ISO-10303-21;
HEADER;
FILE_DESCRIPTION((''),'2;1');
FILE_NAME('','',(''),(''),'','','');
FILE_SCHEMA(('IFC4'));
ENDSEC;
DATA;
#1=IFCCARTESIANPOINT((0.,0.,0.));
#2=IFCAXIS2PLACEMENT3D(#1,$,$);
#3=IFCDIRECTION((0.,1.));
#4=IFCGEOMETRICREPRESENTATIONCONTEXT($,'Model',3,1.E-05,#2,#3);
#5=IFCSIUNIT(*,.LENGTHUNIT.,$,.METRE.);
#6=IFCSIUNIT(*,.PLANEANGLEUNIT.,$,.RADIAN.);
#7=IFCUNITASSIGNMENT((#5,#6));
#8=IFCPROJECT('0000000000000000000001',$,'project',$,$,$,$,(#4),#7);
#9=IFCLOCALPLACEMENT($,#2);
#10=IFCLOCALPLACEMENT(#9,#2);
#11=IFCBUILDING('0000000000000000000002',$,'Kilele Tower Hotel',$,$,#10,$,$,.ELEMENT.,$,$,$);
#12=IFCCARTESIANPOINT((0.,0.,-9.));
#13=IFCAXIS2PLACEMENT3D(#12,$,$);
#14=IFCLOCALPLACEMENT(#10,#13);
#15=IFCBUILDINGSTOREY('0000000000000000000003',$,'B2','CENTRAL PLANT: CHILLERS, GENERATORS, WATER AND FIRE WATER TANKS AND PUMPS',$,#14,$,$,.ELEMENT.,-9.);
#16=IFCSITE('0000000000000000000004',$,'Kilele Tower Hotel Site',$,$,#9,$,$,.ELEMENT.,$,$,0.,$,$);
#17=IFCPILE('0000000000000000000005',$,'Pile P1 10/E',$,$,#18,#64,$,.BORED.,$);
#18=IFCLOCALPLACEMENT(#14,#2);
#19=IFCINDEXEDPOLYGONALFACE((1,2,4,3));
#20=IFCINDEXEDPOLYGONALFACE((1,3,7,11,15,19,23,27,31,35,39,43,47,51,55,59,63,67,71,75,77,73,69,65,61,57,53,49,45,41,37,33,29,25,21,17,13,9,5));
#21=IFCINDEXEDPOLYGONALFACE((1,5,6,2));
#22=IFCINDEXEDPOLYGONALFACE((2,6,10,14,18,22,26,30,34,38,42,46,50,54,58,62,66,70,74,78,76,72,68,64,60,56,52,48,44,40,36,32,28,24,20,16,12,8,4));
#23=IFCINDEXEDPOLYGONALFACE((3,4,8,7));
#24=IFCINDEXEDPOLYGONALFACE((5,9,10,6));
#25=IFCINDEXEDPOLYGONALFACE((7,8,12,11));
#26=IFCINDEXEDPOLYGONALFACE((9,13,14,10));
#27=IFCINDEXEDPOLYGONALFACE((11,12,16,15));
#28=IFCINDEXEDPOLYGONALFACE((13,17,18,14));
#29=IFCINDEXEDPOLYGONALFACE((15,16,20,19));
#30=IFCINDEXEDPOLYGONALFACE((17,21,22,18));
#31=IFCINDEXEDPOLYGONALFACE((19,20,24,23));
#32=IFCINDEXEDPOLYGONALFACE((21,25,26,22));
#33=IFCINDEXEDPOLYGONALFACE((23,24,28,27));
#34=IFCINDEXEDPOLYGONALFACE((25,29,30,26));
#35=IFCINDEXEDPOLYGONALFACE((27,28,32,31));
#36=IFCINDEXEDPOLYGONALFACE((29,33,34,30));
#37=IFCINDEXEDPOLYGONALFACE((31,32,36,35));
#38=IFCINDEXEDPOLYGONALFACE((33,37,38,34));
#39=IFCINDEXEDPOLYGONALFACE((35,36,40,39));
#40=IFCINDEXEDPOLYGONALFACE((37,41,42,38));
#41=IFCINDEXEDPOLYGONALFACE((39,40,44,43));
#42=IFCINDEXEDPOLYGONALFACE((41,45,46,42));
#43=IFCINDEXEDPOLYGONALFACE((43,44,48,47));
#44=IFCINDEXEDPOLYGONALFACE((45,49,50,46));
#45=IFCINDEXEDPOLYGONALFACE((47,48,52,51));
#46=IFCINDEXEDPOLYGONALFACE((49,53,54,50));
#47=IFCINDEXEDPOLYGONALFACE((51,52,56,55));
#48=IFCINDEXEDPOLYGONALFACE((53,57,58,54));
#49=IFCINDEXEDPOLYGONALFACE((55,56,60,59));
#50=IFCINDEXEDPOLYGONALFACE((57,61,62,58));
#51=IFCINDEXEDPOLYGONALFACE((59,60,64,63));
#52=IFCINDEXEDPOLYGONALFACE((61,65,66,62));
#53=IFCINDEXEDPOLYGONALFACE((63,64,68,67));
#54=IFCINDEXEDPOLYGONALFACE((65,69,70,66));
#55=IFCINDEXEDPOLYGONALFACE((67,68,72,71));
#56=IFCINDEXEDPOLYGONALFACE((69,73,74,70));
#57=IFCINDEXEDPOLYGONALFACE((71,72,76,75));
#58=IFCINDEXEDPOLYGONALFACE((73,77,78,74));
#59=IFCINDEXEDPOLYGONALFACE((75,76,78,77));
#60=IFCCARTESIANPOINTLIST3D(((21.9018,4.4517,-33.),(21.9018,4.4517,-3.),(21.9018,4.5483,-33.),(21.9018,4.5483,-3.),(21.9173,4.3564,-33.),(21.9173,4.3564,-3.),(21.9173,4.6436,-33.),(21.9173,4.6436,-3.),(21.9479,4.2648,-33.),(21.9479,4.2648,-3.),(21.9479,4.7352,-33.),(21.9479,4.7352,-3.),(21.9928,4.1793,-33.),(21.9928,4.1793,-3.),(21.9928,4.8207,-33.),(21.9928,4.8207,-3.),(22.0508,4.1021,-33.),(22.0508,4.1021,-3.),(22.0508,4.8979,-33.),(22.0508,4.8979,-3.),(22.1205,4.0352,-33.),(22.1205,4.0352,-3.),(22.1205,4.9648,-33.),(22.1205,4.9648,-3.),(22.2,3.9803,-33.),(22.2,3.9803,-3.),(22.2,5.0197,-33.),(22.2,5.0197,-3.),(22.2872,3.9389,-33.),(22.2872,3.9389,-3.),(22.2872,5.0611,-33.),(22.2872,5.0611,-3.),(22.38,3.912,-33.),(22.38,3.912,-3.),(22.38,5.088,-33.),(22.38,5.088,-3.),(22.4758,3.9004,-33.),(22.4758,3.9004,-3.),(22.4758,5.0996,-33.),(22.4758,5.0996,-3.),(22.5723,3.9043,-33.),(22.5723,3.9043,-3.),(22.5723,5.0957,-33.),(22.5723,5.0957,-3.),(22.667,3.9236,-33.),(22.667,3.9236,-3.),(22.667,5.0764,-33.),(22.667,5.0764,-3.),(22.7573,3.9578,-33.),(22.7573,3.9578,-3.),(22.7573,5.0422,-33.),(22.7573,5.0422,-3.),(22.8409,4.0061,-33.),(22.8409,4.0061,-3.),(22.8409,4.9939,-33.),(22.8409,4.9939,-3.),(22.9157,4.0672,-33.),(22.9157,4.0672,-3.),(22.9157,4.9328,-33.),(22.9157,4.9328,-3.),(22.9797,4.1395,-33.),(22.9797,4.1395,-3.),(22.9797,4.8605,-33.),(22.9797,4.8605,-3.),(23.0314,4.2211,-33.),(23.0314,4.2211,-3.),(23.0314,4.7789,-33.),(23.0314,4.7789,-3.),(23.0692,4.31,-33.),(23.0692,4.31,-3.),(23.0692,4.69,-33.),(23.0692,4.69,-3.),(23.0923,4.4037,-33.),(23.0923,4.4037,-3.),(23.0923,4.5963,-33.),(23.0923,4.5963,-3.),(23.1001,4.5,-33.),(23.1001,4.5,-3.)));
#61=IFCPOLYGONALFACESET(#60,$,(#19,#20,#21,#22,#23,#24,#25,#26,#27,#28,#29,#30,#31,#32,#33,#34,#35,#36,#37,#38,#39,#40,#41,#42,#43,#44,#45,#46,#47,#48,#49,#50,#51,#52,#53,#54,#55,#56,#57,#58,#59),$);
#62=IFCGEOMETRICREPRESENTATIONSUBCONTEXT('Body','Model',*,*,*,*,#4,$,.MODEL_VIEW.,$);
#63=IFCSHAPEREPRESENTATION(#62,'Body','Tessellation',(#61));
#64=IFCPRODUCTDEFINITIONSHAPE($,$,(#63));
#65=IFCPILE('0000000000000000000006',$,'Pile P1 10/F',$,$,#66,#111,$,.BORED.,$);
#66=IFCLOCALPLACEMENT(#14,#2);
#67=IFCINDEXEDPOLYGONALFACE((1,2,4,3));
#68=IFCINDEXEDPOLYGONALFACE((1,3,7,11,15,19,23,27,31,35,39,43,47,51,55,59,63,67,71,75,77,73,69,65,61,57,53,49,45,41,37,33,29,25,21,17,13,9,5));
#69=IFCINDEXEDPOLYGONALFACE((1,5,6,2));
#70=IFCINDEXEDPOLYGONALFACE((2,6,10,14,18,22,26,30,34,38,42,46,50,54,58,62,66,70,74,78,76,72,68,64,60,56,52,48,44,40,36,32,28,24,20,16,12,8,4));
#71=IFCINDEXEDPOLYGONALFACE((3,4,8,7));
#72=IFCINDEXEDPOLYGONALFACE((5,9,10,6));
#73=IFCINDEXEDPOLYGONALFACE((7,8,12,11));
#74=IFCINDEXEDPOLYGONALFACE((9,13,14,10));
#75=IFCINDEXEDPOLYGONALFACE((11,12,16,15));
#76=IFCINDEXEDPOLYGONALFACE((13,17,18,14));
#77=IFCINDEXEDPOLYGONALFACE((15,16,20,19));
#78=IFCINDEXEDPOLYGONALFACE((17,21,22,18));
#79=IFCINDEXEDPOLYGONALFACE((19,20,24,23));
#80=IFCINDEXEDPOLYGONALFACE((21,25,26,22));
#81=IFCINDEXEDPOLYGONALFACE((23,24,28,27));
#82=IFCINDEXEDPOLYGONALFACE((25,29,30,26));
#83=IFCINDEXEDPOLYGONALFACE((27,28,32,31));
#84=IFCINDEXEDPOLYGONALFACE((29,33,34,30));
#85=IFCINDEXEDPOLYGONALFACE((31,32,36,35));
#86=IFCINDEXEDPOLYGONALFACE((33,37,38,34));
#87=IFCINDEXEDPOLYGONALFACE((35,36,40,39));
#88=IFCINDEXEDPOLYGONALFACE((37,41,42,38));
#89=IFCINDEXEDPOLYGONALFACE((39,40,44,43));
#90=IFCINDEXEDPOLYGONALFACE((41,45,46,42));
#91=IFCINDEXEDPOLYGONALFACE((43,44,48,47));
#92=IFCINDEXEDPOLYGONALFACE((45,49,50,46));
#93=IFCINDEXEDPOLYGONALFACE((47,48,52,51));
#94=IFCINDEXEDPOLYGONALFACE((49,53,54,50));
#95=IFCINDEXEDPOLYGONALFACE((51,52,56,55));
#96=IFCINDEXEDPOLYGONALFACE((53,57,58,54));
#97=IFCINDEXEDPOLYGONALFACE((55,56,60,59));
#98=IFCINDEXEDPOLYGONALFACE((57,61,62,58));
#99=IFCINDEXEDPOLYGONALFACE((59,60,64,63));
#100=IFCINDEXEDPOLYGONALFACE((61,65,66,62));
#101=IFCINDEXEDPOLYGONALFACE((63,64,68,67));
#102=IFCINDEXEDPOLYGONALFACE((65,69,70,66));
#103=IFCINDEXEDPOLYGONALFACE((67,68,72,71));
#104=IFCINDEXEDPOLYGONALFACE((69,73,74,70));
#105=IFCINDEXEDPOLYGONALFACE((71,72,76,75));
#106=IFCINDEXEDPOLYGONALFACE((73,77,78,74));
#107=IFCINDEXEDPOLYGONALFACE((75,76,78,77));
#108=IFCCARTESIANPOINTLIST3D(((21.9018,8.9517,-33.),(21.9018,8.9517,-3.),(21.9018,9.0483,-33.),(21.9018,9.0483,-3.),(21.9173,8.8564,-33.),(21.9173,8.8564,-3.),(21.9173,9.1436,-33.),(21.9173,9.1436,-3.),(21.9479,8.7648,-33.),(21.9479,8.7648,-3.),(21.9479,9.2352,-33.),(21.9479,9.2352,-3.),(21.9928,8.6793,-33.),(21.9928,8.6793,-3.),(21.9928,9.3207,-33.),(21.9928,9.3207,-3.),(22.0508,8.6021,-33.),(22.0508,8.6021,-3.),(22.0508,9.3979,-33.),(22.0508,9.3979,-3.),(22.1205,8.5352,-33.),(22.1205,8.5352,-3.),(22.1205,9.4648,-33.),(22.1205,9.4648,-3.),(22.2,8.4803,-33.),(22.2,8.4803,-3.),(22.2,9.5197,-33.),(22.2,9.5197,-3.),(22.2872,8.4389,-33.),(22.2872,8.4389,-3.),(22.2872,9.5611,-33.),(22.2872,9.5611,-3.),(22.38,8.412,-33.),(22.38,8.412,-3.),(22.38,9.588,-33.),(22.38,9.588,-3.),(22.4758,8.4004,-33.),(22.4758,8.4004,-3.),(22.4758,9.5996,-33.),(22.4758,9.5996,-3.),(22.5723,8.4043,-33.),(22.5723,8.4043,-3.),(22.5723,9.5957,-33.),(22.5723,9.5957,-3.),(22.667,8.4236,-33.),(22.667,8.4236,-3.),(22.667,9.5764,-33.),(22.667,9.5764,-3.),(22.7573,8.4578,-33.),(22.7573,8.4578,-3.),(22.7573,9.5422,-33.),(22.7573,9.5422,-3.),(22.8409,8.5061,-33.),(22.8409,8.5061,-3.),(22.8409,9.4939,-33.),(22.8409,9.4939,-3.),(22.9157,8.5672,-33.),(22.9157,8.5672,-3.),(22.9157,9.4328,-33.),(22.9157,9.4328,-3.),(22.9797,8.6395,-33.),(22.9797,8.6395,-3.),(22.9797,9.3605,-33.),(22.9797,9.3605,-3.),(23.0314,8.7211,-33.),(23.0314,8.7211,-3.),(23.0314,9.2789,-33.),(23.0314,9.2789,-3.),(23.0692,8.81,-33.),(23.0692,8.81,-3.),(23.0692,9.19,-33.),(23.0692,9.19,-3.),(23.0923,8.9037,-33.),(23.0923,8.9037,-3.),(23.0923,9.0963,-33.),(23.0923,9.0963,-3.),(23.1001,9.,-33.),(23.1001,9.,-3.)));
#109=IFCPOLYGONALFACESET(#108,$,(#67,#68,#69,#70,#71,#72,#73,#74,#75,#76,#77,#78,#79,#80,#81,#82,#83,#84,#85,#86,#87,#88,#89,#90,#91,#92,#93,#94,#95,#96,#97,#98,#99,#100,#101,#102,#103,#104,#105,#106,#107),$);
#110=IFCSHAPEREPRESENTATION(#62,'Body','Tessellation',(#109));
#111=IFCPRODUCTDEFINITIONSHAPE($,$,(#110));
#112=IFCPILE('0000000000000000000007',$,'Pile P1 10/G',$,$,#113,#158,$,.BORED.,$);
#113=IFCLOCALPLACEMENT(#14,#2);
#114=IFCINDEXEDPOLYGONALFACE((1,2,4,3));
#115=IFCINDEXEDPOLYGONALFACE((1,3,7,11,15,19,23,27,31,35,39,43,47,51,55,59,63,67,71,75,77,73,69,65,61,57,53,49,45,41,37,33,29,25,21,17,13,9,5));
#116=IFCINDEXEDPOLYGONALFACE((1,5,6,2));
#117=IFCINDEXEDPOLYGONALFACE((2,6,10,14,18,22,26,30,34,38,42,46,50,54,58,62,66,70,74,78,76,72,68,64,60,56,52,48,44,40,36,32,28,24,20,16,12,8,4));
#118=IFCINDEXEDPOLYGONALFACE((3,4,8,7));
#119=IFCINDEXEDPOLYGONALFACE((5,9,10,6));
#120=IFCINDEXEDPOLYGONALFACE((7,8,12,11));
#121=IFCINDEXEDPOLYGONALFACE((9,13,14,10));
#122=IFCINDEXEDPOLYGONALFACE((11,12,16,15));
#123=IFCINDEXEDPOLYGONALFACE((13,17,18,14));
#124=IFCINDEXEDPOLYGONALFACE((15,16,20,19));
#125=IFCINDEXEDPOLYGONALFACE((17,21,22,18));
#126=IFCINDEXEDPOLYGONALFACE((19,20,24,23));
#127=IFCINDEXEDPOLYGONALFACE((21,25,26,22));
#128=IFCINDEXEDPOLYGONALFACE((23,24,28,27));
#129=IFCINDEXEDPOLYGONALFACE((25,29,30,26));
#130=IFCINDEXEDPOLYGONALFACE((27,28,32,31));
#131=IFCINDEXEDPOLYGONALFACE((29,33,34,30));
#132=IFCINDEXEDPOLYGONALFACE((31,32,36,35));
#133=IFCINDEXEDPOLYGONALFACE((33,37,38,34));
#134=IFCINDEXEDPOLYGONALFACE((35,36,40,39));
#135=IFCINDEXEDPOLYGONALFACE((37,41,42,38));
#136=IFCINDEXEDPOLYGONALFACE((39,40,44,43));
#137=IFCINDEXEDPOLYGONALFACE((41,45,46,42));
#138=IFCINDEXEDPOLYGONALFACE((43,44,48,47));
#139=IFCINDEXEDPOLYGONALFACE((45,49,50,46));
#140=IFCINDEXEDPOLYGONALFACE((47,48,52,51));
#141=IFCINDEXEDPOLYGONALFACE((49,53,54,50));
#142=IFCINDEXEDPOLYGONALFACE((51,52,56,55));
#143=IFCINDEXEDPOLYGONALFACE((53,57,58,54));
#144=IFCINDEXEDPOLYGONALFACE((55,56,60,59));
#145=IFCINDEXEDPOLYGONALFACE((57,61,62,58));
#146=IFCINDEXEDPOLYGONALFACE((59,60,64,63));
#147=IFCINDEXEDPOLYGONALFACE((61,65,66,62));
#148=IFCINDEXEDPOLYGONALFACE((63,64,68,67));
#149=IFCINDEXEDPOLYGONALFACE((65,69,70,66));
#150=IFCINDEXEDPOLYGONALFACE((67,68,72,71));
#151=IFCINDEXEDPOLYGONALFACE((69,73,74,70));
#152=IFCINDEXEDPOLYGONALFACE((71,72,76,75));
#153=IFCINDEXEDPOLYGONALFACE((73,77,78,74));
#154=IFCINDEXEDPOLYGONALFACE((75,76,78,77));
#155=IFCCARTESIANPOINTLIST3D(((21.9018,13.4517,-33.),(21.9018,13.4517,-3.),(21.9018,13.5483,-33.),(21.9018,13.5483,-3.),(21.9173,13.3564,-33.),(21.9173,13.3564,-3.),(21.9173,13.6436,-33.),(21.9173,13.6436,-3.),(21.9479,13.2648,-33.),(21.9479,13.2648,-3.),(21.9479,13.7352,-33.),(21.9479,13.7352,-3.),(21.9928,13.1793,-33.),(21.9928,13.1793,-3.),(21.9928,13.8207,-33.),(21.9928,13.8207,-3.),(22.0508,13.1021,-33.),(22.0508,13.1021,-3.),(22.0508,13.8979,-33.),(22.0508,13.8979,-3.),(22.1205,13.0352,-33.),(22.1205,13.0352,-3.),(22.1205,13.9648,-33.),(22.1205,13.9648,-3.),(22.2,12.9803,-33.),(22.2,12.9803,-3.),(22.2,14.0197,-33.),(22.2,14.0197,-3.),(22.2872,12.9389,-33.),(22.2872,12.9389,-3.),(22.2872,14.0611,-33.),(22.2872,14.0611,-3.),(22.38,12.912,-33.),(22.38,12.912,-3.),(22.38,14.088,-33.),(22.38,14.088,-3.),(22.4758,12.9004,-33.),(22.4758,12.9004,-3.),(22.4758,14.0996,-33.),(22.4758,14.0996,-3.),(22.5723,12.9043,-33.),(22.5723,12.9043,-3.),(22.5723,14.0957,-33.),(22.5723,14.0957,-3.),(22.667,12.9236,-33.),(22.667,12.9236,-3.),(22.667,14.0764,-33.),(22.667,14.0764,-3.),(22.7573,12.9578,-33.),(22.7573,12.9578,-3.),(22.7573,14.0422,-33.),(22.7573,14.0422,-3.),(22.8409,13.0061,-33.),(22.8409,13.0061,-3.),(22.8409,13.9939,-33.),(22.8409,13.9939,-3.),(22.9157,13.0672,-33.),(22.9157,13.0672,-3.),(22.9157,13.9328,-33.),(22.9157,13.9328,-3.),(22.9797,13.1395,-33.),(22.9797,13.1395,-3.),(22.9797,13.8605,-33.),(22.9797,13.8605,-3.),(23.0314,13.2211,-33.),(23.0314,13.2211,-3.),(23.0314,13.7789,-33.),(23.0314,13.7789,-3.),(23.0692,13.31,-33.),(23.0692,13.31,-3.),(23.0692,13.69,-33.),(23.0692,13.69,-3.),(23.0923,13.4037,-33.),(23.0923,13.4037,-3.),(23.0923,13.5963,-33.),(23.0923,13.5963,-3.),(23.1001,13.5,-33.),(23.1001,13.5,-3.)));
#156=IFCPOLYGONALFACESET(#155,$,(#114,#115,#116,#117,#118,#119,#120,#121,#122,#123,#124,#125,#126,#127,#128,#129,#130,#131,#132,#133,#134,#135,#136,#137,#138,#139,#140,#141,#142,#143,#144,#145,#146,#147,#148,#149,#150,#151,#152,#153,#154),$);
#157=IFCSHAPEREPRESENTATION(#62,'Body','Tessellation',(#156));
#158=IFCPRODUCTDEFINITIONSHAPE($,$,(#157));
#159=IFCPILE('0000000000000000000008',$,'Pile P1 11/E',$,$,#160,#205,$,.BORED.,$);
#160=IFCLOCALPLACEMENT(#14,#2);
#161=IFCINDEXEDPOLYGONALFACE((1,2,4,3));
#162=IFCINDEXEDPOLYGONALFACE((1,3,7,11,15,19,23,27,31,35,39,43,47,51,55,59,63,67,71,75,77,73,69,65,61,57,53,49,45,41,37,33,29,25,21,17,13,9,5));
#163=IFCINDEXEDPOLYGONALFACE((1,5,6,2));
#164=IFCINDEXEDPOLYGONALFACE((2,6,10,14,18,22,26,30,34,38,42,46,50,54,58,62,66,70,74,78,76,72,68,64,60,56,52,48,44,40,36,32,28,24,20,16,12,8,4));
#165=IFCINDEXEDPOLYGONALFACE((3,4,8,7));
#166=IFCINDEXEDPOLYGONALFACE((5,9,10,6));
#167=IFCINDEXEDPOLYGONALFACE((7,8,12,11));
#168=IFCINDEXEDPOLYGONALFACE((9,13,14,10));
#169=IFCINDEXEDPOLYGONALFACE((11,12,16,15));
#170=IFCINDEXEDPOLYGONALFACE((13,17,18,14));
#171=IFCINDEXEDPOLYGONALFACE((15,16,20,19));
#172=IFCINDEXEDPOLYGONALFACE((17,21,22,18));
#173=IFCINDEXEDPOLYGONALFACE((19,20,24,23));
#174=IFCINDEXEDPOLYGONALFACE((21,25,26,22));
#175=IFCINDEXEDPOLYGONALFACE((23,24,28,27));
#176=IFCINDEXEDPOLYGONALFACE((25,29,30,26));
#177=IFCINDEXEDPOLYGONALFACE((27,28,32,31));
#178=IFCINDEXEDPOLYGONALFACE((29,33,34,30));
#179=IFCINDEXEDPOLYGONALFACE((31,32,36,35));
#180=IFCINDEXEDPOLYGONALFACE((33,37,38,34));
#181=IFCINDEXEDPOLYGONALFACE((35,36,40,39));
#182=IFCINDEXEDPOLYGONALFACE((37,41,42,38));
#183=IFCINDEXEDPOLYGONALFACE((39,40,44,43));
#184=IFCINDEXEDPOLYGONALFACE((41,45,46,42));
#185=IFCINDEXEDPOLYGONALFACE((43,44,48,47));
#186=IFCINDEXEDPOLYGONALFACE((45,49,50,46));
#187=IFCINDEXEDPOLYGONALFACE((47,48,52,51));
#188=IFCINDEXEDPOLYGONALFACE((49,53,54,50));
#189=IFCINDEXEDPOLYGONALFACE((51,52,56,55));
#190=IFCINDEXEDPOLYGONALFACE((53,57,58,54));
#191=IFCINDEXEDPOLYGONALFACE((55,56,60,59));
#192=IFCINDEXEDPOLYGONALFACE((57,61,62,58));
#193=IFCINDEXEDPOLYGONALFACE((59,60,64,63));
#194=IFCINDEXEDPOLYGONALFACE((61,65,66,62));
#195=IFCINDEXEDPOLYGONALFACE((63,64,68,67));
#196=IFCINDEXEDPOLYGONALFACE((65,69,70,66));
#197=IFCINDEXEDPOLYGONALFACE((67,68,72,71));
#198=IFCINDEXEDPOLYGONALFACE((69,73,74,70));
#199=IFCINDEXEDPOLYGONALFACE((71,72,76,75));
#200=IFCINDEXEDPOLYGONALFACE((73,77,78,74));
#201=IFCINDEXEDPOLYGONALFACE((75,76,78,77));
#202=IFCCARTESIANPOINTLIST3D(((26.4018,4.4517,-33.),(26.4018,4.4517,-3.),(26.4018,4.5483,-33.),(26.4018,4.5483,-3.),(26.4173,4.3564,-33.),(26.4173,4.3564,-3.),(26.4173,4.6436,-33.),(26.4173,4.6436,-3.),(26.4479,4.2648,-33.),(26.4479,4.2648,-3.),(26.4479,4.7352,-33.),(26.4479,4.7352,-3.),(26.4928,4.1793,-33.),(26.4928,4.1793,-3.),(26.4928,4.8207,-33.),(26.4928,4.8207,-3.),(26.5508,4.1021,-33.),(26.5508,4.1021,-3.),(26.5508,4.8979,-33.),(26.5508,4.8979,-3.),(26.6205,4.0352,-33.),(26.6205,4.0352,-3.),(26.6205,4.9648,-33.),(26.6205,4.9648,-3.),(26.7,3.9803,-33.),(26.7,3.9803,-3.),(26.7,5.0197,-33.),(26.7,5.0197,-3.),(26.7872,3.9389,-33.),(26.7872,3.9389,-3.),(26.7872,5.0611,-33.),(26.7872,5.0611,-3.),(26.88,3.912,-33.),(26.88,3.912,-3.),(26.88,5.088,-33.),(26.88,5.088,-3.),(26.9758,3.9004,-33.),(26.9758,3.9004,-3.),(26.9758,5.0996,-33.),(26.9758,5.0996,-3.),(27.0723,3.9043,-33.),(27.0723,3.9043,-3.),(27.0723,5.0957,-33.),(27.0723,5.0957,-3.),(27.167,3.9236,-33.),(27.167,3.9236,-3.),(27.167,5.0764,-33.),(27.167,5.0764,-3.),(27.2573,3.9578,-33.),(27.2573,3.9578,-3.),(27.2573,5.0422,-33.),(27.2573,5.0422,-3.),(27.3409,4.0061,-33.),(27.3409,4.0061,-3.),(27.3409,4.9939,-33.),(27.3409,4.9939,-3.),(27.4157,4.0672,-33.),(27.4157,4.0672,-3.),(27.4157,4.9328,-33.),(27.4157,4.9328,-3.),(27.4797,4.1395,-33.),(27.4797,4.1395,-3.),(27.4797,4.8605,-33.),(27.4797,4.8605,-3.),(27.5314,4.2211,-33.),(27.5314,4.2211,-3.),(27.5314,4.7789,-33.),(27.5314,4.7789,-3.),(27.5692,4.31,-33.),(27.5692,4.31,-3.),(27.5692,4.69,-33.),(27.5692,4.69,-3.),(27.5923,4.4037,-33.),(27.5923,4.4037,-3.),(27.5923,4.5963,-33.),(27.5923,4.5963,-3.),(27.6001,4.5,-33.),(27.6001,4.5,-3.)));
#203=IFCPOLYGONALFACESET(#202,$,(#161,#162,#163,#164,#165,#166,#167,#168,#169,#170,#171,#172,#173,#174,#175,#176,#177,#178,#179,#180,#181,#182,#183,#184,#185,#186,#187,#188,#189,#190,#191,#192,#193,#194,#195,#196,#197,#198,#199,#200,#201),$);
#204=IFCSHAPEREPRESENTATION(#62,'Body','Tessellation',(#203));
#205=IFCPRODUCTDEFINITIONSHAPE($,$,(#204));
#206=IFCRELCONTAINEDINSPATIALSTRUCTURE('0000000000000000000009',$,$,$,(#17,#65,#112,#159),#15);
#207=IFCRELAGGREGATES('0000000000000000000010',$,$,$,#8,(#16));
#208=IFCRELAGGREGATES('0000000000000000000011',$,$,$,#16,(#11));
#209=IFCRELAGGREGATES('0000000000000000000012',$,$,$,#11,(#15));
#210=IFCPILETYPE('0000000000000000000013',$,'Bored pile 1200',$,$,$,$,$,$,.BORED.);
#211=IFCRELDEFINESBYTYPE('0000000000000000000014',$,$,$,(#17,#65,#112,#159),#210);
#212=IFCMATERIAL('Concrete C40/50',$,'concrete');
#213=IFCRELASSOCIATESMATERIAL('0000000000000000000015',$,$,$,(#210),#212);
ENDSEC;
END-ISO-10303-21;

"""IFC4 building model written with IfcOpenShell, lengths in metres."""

from ifc_helpers import new_model, si_unit, direction, frame, origin, origin_2d, place, context, subcontext, project, spatial, circle, extrude, material, material_profile, profile_set, type_object, element, save


model = new_model("IFC4")

# Units and contexts
model_context = context("Model", 3, precision=1e-05, world=origin(), true_north=direction((0.0, 1.0)))
body_context = subcontext(model_context, "Body", "Model", "MODEL_VIEW")
ifc_project = project(units=[si_unit("LENGTHUNIT", "METRE"), si_unit("PLANEANGLEUNIT", "RADIAN")], contexts=[model_context])

# Site, building, storey
site_placement = place(None, origin())
site = spatial("IfcSite", under=ifc_project, at=site_placement, Name="Kilele Tower Hotel Site", CompositionType="ELEMENT", RefElevation=0.0)
building_placement = place(site_placement, origin())
building = spatial("IfcBuilding", under=site, at=building_placement, Name="Kilele Tower Hotel", CompositionType="ELEMENT")
storey_placement = place(building_placement, frame((0.0, 0.0, -9.0)))
storey = spatial("IfcBuildingStorey", under=building, at=storey_placement, Name="B2", Description="CENTRAL PLANT: CHILLERS, GENERATORS, WATER AND FIRE WATER TANKS AND PUMPS", CompositionType="ELEMENT", Elevation=-9.0)

# Piles
ifc_material_1 = material(Name="Concrete C40/50", Category="concrete")
ifc_material_profile_1 = material_profile(ifc_material_1, circle(Radius=0.6001, at=origin_2d()))
ifc_profile_set_1 = profile_set([ifc_material_profile_1], Name="Concrete C40/50")
pile_type = type_object("IfcPileType", Name="Bored pile 1200", PredefinedType="BORED", material=ifc_profile_set_1)
for number, where, z_axis, x_axis, name in (
    (1, (22.5, 4.5, -3.0), (0.0, 0.0, -1.0), (1.0, 0.0, 0.0), "Pile P1 10/E"),
    (2, (22.5, 9.0, -3.0), (0.0, 0.0, -1.0), (1.0, 0.0, 0.0), "Pile P1 10/F"),
    (3, (22.5, 13.5, -3.0), (0.0, 0.0, -1.0), (1.0, 0.0, 0.0), "Pile P1 10/G"),
    (4, (27.0, 4.5, -3.0), (0.0, 0.0, -1.0), (1.0, 0.0, 0.0), "Pile P1 11/E"),
):
    element("IfcPile", number, at=place(storey_placement, frame(where, z_axis=z_axis, x_axis=x_axis)), inside=storey, type_object=pile_type, Name=name, PredefinedType="BORED", context=body_context, shape_type="SweptSolid", body=[
        extrude(circle(Radius=0.6001, at=origin_2d()), origin(), (0.0, 0.0, 1.0), 30.0),
    ])

save(model, "model.ifc")
